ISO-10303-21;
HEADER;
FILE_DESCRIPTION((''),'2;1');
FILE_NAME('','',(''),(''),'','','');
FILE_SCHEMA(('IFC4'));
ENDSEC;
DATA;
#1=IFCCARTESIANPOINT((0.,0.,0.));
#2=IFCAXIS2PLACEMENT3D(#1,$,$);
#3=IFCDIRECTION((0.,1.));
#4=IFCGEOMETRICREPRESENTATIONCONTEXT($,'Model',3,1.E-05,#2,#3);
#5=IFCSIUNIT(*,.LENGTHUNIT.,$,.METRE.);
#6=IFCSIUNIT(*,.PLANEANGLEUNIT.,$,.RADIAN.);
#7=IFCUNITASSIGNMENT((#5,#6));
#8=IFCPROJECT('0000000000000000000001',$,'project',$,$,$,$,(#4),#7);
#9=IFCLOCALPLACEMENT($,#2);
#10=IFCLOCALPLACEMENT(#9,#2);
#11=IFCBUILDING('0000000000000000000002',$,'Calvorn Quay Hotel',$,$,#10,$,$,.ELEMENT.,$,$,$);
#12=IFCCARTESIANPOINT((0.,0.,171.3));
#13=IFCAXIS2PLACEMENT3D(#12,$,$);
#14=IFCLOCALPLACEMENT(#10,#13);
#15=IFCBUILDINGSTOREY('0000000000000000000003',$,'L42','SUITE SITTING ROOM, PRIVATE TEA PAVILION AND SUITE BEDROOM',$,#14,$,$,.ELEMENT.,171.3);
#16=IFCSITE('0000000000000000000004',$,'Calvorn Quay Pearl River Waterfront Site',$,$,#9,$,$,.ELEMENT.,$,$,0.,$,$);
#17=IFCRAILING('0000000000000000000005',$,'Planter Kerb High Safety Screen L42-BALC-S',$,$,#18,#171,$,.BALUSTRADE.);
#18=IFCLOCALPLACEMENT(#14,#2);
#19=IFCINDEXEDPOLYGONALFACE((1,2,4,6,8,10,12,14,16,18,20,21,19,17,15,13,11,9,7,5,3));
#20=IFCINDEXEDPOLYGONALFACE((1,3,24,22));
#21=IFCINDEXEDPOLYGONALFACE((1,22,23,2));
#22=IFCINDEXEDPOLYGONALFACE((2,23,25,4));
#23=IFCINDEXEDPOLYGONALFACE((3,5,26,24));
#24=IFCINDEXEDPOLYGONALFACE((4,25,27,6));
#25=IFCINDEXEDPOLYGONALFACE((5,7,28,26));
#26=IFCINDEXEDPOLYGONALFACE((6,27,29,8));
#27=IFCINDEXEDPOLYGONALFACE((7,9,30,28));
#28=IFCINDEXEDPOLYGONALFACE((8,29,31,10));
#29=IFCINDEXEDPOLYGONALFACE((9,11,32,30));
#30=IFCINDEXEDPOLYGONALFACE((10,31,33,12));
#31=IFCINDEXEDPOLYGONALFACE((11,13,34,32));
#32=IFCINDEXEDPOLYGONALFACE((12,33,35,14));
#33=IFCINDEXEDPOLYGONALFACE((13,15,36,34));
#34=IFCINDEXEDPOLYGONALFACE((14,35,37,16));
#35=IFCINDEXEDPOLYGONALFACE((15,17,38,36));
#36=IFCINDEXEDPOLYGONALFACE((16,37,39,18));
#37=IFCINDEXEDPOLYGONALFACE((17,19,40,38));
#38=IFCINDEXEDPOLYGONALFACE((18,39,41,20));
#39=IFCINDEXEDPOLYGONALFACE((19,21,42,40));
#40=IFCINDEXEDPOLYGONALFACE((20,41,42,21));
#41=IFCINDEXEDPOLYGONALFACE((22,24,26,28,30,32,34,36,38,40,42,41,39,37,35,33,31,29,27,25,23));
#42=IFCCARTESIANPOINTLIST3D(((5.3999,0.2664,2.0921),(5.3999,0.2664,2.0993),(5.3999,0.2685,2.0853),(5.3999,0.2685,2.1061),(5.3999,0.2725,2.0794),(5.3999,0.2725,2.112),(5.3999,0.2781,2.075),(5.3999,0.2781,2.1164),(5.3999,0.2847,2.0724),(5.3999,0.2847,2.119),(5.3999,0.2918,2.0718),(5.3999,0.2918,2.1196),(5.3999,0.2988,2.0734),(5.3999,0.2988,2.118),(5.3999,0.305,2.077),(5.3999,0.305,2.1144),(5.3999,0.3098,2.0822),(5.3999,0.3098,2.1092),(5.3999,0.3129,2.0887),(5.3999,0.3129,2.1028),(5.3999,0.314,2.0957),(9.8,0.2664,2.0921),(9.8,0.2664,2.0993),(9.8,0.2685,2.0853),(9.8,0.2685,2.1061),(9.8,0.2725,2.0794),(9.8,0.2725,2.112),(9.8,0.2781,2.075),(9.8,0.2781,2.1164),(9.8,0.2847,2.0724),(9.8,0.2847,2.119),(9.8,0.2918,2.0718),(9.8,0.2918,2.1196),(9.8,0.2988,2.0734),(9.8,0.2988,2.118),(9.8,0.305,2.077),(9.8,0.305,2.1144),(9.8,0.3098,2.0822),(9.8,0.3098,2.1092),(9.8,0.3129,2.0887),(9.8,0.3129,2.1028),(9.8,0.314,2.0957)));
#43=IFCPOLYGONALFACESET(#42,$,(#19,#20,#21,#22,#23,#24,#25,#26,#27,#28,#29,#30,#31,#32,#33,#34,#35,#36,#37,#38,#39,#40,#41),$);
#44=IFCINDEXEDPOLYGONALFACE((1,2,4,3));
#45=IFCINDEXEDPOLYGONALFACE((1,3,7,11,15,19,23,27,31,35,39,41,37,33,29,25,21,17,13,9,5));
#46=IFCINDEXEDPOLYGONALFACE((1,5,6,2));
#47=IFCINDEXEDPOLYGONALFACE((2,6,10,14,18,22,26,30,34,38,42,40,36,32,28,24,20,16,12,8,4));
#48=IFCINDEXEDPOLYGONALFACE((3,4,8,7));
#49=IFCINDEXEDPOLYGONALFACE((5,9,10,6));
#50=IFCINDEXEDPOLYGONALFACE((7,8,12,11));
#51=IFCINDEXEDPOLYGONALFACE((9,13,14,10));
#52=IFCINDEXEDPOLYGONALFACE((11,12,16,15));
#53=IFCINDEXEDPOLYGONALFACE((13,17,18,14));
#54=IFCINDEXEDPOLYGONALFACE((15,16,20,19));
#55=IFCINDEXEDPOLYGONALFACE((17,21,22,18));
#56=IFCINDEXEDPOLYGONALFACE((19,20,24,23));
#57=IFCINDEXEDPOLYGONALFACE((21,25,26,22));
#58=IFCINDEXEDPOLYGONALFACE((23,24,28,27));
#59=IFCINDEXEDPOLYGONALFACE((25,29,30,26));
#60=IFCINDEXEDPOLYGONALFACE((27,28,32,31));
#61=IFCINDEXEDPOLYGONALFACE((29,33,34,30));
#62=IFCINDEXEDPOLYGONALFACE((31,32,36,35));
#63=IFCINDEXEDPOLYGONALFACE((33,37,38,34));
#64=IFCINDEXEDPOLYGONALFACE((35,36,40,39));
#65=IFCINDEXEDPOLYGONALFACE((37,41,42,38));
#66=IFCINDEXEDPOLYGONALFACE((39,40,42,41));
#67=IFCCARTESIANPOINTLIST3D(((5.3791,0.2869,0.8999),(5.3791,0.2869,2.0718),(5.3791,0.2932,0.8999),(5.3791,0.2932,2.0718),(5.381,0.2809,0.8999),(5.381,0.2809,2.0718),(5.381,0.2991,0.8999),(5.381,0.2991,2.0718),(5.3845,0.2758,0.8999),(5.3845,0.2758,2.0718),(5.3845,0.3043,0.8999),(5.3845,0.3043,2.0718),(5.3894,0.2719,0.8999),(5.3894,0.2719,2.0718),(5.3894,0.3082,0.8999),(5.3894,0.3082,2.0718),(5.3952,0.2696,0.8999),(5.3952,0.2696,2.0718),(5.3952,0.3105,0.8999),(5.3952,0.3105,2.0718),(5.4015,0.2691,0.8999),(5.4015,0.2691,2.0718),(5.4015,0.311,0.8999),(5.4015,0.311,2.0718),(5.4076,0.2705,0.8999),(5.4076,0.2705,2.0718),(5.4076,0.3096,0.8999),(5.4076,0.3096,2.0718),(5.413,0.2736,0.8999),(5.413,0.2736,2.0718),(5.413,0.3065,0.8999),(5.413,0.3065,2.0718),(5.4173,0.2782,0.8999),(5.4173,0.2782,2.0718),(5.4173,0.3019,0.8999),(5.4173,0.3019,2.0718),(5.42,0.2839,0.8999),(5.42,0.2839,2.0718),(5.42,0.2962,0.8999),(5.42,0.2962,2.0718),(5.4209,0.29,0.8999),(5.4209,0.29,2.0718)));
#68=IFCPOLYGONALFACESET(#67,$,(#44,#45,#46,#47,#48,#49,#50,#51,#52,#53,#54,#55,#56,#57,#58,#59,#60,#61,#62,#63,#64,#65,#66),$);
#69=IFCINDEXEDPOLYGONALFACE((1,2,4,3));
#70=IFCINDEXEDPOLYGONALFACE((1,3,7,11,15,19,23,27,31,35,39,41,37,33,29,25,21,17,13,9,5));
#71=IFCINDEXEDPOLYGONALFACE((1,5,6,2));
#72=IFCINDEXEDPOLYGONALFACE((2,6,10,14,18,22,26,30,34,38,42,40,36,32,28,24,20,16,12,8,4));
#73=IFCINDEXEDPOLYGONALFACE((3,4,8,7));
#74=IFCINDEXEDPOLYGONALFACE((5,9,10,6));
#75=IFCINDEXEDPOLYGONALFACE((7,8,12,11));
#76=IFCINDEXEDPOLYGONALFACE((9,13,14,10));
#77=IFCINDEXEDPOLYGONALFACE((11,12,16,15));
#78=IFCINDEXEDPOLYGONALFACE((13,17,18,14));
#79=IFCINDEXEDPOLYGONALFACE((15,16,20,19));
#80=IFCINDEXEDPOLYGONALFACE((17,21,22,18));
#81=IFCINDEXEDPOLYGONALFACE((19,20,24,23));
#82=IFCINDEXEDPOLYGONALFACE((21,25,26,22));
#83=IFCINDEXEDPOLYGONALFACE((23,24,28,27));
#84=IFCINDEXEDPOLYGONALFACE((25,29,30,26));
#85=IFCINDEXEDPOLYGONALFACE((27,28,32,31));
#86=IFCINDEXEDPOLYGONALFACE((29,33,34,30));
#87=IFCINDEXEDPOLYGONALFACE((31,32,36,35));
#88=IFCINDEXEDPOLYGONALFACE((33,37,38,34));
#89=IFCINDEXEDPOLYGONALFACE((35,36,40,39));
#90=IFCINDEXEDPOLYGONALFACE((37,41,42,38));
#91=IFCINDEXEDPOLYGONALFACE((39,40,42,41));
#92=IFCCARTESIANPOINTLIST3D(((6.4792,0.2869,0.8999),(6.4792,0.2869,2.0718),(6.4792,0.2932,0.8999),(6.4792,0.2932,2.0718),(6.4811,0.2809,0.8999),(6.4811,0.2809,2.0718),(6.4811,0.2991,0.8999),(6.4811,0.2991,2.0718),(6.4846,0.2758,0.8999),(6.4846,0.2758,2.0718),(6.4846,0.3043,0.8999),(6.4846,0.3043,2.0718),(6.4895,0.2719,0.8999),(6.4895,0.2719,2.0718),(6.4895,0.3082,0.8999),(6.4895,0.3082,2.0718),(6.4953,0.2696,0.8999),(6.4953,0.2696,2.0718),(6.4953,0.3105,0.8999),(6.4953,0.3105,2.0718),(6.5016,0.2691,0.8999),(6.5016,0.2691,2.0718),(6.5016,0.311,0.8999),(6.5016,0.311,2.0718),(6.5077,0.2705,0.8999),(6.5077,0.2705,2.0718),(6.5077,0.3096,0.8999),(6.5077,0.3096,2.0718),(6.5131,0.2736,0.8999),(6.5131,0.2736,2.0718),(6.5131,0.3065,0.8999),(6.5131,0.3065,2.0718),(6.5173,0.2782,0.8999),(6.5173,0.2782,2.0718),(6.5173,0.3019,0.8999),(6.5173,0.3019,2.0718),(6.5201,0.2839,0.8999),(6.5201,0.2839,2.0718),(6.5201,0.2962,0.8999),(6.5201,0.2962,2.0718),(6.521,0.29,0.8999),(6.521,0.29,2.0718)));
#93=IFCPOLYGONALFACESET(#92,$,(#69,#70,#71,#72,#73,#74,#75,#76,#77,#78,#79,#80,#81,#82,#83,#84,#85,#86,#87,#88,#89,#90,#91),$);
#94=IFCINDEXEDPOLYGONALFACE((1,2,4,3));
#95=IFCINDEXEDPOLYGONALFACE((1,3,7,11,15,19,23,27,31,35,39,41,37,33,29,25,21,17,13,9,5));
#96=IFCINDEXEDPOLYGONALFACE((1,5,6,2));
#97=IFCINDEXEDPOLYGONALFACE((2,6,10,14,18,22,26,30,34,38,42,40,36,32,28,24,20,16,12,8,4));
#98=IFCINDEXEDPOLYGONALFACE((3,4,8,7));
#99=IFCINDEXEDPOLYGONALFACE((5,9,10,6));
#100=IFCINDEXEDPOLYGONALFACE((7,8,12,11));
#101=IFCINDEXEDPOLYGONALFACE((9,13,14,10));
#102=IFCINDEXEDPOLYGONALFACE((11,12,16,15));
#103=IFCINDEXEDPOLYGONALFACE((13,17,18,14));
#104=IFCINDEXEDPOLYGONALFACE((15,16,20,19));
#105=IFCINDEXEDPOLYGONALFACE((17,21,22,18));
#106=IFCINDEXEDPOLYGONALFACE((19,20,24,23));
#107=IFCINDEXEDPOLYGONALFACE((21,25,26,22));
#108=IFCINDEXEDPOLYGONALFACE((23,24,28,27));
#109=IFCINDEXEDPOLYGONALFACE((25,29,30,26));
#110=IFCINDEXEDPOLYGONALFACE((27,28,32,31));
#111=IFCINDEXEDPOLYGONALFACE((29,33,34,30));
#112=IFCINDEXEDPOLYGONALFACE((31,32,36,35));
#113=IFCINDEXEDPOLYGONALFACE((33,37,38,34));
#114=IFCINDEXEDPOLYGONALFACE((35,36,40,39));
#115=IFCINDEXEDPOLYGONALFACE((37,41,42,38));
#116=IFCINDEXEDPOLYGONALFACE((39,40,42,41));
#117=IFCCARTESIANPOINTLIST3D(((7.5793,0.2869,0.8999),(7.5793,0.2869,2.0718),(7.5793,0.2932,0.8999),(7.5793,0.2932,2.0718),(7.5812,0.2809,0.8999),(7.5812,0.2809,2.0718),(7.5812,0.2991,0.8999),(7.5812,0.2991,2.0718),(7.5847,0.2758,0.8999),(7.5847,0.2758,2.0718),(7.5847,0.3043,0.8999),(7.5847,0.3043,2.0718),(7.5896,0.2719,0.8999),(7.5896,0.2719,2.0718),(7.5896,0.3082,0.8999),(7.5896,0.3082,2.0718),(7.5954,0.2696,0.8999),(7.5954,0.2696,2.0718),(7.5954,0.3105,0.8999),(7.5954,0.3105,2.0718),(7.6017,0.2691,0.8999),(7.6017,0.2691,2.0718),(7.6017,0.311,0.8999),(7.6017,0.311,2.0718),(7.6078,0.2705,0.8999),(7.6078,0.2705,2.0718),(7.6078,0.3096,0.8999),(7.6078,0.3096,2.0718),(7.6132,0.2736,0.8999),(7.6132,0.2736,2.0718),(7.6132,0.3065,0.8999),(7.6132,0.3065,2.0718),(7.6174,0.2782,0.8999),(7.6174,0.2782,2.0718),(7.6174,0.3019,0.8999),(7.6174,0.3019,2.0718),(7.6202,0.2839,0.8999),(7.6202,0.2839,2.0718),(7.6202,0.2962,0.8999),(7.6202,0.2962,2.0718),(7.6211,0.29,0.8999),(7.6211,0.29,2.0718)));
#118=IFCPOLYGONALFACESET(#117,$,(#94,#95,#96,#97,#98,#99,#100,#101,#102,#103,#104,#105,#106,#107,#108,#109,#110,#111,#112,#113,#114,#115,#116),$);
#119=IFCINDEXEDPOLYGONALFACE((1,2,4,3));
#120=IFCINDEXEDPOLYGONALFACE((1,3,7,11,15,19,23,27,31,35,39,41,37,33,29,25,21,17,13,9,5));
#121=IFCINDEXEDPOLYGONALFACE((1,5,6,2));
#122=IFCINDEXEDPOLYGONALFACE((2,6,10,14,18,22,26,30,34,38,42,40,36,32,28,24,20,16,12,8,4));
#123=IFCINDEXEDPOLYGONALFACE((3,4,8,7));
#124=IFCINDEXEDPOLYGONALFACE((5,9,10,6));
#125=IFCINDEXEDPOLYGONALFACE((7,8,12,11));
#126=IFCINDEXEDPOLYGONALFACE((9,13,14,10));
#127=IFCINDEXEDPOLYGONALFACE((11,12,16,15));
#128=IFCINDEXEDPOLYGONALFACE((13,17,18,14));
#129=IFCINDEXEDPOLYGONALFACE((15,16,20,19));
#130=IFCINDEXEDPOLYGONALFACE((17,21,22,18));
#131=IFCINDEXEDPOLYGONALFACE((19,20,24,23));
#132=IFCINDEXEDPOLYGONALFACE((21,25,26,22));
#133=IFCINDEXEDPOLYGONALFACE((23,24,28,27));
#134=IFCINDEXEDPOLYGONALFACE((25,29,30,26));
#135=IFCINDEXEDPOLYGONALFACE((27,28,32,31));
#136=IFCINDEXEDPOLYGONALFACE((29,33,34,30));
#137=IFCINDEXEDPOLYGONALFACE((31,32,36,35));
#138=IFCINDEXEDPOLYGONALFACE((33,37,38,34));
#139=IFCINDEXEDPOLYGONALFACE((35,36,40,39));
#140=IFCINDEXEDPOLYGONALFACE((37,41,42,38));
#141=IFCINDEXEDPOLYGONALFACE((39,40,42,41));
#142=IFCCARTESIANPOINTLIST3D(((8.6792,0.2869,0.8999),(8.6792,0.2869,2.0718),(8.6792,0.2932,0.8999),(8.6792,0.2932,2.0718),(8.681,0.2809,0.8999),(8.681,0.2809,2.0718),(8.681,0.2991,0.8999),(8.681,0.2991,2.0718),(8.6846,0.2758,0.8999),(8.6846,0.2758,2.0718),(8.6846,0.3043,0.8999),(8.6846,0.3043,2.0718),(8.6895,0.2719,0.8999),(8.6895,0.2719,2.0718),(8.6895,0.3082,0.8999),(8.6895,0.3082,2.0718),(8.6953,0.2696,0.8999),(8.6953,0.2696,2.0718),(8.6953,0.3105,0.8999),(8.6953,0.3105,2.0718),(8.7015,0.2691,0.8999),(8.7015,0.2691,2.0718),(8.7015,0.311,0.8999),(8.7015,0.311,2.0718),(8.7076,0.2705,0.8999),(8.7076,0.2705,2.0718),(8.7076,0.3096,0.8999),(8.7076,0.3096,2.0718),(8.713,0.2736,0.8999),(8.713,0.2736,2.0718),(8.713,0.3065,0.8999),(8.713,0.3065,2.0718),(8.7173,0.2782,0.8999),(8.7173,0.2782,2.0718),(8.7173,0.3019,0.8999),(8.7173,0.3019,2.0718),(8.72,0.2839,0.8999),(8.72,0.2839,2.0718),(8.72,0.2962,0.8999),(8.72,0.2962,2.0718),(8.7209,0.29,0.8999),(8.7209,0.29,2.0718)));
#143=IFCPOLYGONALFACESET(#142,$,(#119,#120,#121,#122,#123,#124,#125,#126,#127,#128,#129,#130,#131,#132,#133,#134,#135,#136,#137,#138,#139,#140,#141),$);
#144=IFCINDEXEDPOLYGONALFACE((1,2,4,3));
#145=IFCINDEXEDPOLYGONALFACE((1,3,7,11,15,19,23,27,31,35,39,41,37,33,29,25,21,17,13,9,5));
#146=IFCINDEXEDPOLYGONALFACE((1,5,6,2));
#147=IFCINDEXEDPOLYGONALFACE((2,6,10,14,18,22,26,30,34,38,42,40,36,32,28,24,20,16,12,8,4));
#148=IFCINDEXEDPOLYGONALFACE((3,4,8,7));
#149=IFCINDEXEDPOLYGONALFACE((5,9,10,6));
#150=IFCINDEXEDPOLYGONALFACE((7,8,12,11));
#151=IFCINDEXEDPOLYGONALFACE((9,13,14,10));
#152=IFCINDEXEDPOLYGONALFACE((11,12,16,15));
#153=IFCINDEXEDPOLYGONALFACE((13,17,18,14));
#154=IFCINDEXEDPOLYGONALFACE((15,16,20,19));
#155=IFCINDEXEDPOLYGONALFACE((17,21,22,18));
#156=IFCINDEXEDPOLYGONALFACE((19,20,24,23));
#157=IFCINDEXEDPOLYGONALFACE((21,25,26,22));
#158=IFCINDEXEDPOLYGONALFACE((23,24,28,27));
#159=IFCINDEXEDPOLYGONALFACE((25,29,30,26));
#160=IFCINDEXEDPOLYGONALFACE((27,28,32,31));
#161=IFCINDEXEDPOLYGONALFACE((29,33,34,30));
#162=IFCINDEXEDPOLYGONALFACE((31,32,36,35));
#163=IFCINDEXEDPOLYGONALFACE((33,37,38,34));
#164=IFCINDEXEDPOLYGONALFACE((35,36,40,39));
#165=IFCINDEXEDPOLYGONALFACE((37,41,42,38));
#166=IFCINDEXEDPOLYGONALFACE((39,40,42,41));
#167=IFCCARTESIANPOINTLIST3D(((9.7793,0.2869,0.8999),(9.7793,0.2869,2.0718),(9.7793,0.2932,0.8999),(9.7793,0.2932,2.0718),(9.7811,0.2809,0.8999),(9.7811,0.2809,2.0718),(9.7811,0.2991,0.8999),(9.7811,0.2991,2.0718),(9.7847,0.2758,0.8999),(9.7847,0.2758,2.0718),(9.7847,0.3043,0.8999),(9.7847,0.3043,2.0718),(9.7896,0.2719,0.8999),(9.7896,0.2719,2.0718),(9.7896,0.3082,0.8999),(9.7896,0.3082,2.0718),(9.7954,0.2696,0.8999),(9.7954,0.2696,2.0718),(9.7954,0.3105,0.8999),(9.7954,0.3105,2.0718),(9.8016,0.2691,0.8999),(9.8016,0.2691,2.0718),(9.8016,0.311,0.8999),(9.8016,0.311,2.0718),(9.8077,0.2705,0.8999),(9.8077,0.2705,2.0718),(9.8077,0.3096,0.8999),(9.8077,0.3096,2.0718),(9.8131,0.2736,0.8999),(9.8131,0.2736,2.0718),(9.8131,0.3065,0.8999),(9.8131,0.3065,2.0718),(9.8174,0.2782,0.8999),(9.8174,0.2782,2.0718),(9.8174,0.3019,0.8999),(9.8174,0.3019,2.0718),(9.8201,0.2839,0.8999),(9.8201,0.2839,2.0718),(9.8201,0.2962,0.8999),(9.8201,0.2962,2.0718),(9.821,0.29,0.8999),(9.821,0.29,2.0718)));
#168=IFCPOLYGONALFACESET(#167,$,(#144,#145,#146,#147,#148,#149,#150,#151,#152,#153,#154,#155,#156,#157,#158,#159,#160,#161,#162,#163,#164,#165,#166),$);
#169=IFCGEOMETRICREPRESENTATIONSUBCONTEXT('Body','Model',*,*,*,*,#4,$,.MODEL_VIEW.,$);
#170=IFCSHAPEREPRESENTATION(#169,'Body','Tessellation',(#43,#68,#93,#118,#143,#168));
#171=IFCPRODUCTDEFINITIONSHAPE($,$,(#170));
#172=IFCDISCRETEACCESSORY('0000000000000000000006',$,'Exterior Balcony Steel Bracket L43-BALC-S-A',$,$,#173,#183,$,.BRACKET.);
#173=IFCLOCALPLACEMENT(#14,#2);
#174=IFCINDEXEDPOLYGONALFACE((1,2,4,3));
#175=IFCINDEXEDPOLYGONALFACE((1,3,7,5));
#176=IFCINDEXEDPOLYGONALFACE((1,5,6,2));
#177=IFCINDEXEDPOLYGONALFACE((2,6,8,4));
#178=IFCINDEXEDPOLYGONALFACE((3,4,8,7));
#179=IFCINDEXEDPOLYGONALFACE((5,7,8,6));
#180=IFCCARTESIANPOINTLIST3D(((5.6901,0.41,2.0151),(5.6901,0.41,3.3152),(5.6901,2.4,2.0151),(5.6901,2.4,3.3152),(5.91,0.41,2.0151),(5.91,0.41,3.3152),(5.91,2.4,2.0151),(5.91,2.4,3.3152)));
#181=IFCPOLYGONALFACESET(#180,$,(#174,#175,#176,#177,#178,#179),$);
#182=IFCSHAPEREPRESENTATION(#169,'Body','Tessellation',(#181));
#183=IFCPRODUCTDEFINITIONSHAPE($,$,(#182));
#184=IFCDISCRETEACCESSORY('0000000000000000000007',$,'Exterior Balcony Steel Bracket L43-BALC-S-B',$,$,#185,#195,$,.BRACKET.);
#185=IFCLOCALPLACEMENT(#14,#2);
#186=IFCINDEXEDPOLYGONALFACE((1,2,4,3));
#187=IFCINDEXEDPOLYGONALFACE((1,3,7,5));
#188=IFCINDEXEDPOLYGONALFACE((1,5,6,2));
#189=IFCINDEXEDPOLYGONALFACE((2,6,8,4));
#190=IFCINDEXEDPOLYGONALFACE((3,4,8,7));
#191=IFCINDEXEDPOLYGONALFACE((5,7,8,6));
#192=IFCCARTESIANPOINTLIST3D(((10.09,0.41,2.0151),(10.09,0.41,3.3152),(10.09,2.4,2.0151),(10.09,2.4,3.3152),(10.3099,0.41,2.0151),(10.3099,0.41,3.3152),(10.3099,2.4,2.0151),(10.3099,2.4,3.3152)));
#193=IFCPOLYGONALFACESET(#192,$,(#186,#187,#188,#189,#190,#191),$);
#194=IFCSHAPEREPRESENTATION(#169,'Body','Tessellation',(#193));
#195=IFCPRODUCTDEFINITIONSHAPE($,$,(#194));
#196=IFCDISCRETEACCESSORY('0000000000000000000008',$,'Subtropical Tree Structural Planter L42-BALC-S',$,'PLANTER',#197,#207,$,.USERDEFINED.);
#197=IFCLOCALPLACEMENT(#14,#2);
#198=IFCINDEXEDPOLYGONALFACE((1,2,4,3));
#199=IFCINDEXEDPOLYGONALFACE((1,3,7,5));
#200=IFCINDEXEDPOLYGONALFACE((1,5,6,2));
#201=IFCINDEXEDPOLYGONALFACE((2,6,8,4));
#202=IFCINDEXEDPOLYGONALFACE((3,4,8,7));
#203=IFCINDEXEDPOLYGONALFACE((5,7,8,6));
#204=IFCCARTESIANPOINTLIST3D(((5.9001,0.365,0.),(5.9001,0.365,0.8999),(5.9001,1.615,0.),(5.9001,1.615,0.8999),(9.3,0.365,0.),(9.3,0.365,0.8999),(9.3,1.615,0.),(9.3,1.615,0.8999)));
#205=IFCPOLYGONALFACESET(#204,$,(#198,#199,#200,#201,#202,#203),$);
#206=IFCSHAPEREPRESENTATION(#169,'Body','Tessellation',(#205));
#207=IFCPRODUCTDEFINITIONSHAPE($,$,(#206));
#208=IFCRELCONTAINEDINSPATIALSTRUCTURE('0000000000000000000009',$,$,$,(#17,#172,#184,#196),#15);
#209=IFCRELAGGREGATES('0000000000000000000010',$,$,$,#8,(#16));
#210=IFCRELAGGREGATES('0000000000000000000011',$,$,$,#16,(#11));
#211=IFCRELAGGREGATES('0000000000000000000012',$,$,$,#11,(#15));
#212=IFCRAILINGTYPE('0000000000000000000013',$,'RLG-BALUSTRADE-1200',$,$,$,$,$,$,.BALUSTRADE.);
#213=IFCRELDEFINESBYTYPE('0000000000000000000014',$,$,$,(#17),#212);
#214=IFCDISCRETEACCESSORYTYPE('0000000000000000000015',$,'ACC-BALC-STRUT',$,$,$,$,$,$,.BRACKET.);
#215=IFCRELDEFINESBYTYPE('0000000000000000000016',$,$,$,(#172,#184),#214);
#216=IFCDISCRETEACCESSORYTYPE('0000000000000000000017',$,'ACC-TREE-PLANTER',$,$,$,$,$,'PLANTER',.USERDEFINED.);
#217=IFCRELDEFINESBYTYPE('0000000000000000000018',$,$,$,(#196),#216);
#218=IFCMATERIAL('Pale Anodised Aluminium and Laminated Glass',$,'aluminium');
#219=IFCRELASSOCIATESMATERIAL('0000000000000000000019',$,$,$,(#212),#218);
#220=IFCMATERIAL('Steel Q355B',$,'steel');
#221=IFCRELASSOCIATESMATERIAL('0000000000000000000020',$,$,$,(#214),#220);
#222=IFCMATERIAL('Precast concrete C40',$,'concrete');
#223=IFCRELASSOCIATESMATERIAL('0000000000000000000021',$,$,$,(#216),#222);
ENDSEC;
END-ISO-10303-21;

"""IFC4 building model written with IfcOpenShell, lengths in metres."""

from ifc_helpers import new_model, si_unit, direction, frame, origin, origin_2d, place, context, subcontext, project, spatial, rectangle, circle, extrude, material, type_object, element, save


model = new_model("IFC4")

# Units and contexts
model_context = context("Model", 3, precision=1e-05, world=origin(), true_north=direction((0.0, 1.0)))
body_context = subcontext(model_context, "Body", "Model", "MODEL_VIEW")
ifc_project = project(units=[si_unit("LENGTHUNIT", "METRE"), si_unit("PLANEANGLEUNIT", "RADIAN")], contexts=[model_context])

# Site, building, storey
site_placement = place(None, origin())
site = spatial("IfcSite", under=ifc_project, at=site_placement, Name="Calvorn Quay Pearl River Waterfront Site", CompositionType="ELEMENT", RefElevation=0.0)
building_placement = place(site_placement, origin())
building = spatial("IfcBuilding", under=site, at=building_placement, Name="Calvorn Quay Hotel", CompositionType="ELEMENT")
storey_placement = place(building_placement, frame((0.0, 0.0, 171.3)))
storey = spatial("IfcBuildingStorey", under=building, at=storey_placement, Name="L42", Description="SUITE SITTING ROOM, PRIVATE TEA PAVILION AND SUITE BEDROOM", CompositionType="ELEMENT", Elevation=171.3)

# Railing
ifc_material_1 = material(Name="Pale Anodised Aluminium and Laminated Glass", Category="aluminium")
railing_type = type_object("IfcRailingType", Name="RLG-BALUSTRADE-1200", PredefinedType="BALUSTRADE", material=ifc_material_1)
railing_1_placement = place(storey_placement, frame((5.3999, 0.29, 0.8999)))
element("IfcRailing", 1, at=railing_1_placement, inside=storey, type_object=railing_type, Name="Planter Kerb High Safety Screen L42-BALC-S", PredefinedType="BALUSTRADE", context=body_context, shape_type="SweptSolid", body=[
    extrude(circle(Radius=0.0239, at=origin_2d()), frame((0.0, 0.0, 1.1958), z_axis=(1.0, 0.0, 0.0), x_axis=(0.0, 1.0, 0.0)), (0.0, 0.0, 1.0), 4.4001),
    extrude(circle(Radius=0.021, at=origin_2d()), origin(), (0.0, 0.0, 1.0), 1.1719),
    extrude(circle(Radius=0.021, at=origin_2d()), frame((1.1001, 0.0, 0.0)), (0.0, 0.0, 1.0), 1.1719),
    extrude(circle(Radius=0.021, at=origin_2d()), frame((2.2002, 0.0, 0.0)), (0.0, 0.0, 1.0), 1.1719),
    extrude(circle(Radius=0.021, at=origin_2d()), frame((3.3, 0.0, 0.0)), (0.0, 0.0, 1.0), 1.1719),
    extrude(circle(Radius=0.021, at=origin_2d()), frame((4.4001, 0.0, 0.0)), (0.0, 0.0, 1.0), 1.1719),
])

# Discrete accessories
ifc_material_2 = material(Name="Steel Q355B", Category="steel")
discrete_accessory_type_1 = type_object("IfcDiscreteAccessoryType", Name="ACC-BALC-STRUT", PredefinedType="BRACKET", material=ifc_material_2)
for number, where, z_axis, x_axis, name in (
    (2, (5.8, 1.405, 2.0151), (0.0, 0.0, 1.0), (1.0, 0.0, 0.0), "Exterior Balcony Steel Bracket L43-BALC-S-A"),
    (3, (10.2, 1.405, 2.0151), (0.0, 0.0, 1.0), (1.0, 0.0, 0.0), "Exterior Balcony Steel Bracket L43-BALC-S-B"),
):
    element("IfcDiscreteAccessory", number, at=place(storey_placement, frame(where, z_axis=z_axis, x_axis=x_axis)), inside=storey, type_object=discrete_accessory_type_1, Name=name, PredefinedType="BRACKET", context=body_context, shape_type="SweptSolid", body=[
        extrude(rectangle(XDim=0.22, YDim=1.99, at=origin_2d()), origin(), (0.0, 0.0, 1.0), 1.3),
    ])
ifc_material_3 = material(Name="Precast concrete C40", Category="concrete")
discrete_accessory_type_2 = type_object("IfcDiscreteAccessoryType", Name="ACC-TREE-PLANTER", ElementType="PLANTER", PredefinedType="USERDEFINED", material=ifc_material_3)
discrete_accessory_placement = place(storey_placement, frame((7.6001, 0.99, 0.0), z_axis=(0.0, 0.0, 1.0), x_axis=(1.0, 0.0, 0.0)))
element("IfcDiscreteAccessory", 4, at=discrete_accessory_placement, inside=storey, type_object=discrete_accessory_type_2, Name="Subtropical Tree Structural Planter L42-BALC-S", ObjectType="PLANTER", PredefinedType="USERDEFINED", context=body_context, shape_type="SweptSolid", body=[
    extrude(rectangle(XDim=3.3999, YDim=1.25, at=origin_2d()), origin(), (0.0, 0.0, 1.0), 0.8999),
])

save(model, "model.ifc")
